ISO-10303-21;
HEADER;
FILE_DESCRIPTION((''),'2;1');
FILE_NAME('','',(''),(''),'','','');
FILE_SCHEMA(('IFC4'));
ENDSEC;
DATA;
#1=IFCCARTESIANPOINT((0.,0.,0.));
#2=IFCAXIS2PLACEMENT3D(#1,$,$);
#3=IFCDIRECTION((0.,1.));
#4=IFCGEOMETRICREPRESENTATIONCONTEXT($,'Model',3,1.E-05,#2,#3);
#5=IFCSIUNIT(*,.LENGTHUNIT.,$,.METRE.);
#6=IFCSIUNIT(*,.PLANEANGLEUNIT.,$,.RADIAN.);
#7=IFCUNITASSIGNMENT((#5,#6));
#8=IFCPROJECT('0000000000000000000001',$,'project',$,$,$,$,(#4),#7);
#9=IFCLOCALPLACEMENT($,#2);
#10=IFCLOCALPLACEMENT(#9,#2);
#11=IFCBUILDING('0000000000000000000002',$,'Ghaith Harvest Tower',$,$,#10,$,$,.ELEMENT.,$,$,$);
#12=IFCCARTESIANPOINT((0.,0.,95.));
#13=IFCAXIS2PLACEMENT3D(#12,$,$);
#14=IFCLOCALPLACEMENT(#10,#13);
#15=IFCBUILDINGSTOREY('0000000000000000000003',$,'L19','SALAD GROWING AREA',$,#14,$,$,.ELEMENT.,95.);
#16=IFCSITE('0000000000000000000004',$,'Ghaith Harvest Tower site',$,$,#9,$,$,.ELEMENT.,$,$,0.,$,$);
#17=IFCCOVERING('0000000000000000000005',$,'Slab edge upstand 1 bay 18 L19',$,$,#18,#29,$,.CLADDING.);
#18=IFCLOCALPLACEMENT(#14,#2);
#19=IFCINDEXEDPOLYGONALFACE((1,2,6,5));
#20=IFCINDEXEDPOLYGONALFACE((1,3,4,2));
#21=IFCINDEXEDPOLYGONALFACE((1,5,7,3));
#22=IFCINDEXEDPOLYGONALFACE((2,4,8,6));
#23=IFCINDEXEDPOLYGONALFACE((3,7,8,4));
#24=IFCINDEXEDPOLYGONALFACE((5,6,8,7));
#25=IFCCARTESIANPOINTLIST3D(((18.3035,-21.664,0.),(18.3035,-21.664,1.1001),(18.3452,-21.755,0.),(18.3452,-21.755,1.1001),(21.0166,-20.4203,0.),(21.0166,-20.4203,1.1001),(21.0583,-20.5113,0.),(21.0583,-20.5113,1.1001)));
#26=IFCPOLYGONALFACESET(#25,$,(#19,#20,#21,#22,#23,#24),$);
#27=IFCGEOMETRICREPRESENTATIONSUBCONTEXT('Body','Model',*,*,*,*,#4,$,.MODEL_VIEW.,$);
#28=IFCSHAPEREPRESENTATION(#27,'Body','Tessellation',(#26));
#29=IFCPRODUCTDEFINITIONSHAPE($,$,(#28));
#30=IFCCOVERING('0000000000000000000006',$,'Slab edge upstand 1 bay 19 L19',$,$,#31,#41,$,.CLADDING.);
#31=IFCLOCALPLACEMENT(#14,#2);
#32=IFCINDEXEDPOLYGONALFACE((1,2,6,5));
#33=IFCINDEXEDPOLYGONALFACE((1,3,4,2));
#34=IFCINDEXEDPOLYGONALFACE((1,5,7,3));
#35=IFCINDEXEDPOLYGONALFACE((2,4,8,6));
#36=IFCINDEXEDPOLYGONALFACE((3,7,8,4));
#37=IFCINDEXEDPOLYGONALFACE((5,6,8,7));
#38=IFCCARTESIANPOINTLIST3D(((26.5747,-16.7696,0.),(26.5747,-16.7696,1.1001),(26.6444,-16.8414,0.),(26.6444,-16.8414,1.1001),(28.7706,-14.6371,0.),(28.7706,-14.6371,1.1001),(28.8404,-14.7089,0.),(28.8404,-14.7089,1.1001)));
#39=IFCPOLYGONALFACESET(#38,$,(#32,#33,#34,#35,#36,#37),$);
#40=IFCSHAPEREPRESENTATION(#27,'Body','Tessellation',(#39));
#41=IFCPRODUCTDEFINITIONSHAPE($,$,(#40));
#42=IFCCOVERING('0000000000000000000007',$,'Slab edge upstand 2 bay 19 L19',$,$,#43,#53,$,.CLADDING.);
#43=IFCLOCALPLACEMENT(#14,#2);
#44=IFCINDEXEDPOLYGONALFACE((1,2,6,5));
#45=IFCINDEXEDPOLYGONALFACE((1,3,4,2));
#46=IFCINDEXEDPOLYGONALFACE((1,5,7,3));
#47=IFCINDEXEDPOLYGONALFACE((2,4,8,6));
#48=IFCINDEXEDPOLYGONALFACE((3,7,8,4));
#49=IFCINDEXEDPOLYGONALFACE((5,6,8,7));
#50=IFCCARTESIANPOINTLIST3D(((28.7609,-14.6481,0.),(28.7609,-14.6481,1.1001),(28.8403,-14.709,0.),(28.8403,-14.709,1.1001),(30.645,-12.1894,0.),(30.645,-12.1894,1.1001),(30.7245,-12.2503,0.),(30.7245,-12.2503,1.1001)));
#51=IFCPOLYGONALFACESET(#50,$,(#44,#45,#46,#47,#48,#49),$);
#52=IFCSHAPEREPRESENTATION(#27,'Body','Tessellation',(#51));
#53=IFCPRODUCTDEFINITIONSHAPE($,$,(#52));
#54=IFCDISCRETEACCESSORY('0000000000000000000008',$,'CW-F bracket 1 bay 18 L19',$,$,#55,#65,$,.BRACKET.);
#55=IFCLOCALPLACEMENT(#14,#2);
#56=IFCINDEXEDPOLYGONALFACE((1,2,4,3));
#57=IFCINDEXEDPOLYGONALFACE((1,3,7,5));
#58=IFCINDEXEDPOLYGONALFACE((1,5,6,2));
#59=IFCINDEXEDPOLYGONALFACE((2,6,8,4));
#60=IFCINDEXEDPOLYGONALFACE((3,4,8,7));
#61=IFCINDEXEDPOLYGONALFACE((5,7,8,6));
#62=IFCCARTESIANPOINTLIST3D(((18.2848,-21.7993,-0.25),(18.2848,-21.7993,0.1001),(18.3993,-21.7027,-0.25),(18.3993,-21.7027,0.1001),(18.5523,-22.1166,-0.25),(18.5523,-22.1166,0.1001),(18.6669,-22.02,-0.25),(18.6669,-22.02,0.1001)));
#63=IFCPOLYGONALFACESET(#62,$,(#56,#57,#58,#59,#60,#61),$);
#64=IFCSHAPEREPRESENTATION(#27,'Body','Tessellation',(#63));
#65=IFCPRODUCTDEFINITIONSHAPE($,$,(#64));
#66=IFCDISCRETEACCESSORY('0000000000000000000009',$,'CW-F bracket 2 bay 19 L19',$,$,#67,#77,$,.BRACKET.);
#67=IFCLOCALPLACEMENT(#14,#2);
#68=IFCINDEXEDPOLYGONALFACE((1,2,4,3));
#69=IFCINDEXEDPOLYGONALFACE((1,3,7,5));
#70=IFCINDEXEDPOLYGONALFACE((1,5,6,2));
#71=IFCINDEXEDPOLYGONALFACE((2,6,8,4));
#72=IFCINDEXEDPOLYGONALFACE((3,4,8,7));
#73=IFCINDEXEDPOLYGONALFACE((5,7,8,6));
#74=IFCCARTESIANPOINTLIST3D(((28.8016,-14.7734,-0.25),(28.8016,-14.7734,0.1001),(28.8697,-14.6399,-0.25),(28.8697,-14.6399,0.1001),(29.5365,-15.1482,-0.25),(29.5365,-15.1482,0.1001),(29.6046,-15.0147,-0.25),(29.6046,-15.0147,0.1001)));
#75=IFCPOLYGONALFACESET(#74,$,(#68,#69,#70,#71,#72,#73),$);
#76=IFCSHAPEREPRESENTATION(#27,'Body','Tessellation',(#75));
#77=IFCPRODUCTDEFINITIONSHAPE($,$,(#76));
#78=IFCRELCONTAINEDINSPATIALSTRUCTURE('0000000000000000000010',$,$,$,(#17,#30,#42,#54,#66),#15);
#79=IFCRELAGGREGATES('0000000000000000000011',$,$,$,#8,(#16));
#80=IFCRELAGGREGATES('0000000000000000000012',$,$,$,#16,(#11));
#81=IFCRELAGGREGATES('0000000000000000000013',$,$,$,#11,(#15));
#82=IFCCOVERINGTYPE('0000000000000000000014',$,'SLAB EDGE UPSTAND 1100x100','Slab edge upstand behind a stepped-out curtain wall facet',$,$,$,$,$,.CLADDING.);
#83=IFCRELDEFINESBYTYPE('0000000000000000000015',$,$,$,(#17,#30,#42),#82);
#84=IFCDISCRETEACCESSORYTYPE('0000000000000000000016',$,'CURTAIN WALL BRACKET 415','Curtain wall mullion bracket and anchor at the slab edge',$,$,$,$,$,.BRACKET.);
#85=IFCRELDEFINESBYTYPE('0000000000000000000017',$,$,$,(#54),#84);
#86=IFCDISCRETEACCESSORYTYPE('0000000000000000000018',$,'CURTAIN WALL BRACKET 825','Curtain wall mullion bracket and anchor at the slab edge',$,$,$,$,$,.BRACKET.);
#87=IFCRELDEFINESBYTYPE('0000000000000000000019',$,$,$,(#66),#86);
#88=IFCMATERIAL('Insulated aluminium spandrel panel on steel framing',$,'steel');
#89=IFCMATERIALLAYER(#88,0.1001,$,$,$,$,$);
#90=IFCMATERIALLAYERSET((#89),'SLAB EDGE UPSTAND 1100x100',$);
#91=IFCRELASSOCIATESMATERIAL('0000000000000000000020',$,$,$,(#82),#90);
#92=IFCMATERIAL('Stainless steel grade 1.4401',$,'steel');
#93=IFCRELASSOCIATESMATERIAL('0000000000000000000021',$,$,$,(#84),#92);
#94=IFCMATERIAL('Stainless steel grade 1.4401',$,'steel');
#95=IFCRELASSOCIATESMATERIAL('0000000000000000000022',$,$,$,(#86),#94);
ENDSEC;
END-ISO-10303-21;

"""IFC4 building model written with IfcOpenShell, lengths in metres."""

from ifc_helpers import new_model, si_unit, direction, frame, origin, origin_2d, place, context, subcontext, project, spatial, rectangle, extrude, material, layer, layer_set, type_object, element, save


model = new_model("IFC4")

# Units and contexts
model_context = context("Model", 3, precision=1e-05, world=origin(), true_north=direction((0.0, 1.0)))
body_context = subcontext(model_context, "Body", "Model", "MODEL_VIEW")
ifc_project = project(units=[si_unit("LENGTHUNIT", "METRE"), si_unit("PLANEANGLEUNIT", "RADIAN")], contexts=[model_context])

# Site, building, storey
site_placement = place(None, origin())
site = spatial("IfcSite", under=ifc_project, at=site_placement, Name="Ghaith Harvest Tower site", CompositionType="ELEMENT", RefElevation=0.0)
building_placement = place(site_placement, origin())
building = spatial("IfcBuilding", under=site, at=building_placement, Name="Ghaith Harvest Tower", CompositionType="ELEMENT")
storey_placement = place(building_placement, frame((0.0, 0.0, 95.0)))
storey = spatial("IfcBuildingStorey", under=building, at=storey_placement, Name="L19", Description="SALAD GROWING AREA", CompositionType="ELEMENT", Elevation=95.0)

# Coverings
ifc_material_1 = material(Name="Insulated aluminium spandrel panel on steel framing", Category="steel")
ifc_layer_1 = layer(ifc_material_1, 0.1001)
ifc_layer_set_1 = layer_set([ifc_layer_1], Name="SLAB EDGE UPSTAND 1100x100")
covering_type = type_object("IfcCoveringType", Name="SLAB EDGE UPSTAND 1100x100", Description="Slab edge upstand behind a stepped-out curtain wall facet", PredefinedType="CLADDING", material=ifc_layer_set_1)
covering_1_placement = place(storey_placement, frame((19.6809, -21.0876, 0.0), z_axis=(0.0, 0.0, 1.0), x_axis=(0.909046, 0.416696, 0.0)))
element("IfcCovering", 1, at=covering_1_placement, inside=storey, type_object=covering_type, Name="Slab edge upstand 1 bay 18 L19", PredefinedType="CLADDING", context=body_context, shape_type="SweptSolid", body=[
    extrude(rectangle(XDim=2.9846, YDim=0.1001, at=origin_2d()), origin(), (0.0, 0.0, 1.0), 1.1001),
])
covering_2_placement = place(storey_placement, frame((27.7075, -15.7393, 0.0), z_axis=(0.0, 0.0, 1.0), x_axis=(0.717386, 0.696675, 0.0)))
element("IfcCovering", 2, at=covering_2_placement, inside=storey, type_object=covering_type, Name="Slab edge upstand 1 bay 19 L19", PredefinedType="CLADDING", context=body_context, shape_type="SweptSolid", body=[
    extrude(rectangle(XDim=3.061, YDim=0.1001, at=origin_2d()), origin(), (0.0, 0.0, 1.0), 1.1001),
])
covering_3_placement = place(storey_placement, frame((29.7427, -13.4492, 0.0), z_axis=(0.0, 0.0, 1.0), x_axis=(0.608255, 0.793742, 0.0)))
element("IfcCovering", 3, at=covering_3_placement, inside=storey, type_object=covering_type, Name="Slab edge upstand 2 bay 19 L19", PredefinedType="CLADDING", context=body_context, shape_type="SweptSolid", body=[
    extrude(rectangle(XDim=3.0977, YDim=0.1001, at=origin_2d()), origin(), (0.0, 0.0, 1.0), 1.1001),
])

# Discrete accessories
ifc_material_2 = material(Name="Stainless steel grade 1.4401", Category="steel")
discrete_accessory_type_1 = type_object("IfcDiscreteAccessoryType", Name="CURTAIN WALL BRACKET 415", Description="Curtain wall mullion bracket and anchor at the slab edge", PredefinedType="BRACKET", material=ifc_material_2)
discrete_accessory_1_placement = place(storey_placement, frame((18.4758, -21.9097, -0.25), z_axis=(0.0, 0.0, 1.0), x_axis=(0.644657, -0.764472, 0.0)))
element("IfcDiscreteAccessory", 4, at=discrete_accessory_1_placement, inside=storey, type_object=discrete_accessory_type_1, Name="CW-F bracket 1 bay 18 L19", PredefinedType="BRACKET", context=body_context, shape_type="SweptSolid", body=[
    extrude(rectangle(XDim=0.415, YDim=0.1499, at=origin_2d()), origin(), (0.0, 0.0, 1.0), 0.3501),
])
ifc_material_3 = material(Name="Stainless steel grade 1.4401", Category="steel")
discrete_accessory_type_2 = type_object("IfcDiscreteAccessoryType", Name="CURTAIN WALL BRACKET 825", Description="Curtain wall mullion bracket and anchor at the slab edge", PredefinedType="BRACKET", material=ifc_material_3)
discrete_accessory_2_placement = place(storey_placement, frame((29.2031, -14.894, -0.25), z_axis=(0.0, 0.0, 1.0), x_axis=(0.890831, -0.454335, 0.0)))
element("IfcDiscreteAccessory", 5, at=discrete_accessory_2_placement, inside=storey, type_object=discrete_accessory_type_2, Name="CW-F bracket 2 bay 19 L19", PredefinedType="BRACKET", context=body_context, shape_type="SweptSolid", body=[
    extrude(rectangle(XDim=0.825, YDim=0.1499, at=origin_2d()), origin(), (0.0, 0.0, 1.0), 0.3501),
])

save(model, "model.ifc")
